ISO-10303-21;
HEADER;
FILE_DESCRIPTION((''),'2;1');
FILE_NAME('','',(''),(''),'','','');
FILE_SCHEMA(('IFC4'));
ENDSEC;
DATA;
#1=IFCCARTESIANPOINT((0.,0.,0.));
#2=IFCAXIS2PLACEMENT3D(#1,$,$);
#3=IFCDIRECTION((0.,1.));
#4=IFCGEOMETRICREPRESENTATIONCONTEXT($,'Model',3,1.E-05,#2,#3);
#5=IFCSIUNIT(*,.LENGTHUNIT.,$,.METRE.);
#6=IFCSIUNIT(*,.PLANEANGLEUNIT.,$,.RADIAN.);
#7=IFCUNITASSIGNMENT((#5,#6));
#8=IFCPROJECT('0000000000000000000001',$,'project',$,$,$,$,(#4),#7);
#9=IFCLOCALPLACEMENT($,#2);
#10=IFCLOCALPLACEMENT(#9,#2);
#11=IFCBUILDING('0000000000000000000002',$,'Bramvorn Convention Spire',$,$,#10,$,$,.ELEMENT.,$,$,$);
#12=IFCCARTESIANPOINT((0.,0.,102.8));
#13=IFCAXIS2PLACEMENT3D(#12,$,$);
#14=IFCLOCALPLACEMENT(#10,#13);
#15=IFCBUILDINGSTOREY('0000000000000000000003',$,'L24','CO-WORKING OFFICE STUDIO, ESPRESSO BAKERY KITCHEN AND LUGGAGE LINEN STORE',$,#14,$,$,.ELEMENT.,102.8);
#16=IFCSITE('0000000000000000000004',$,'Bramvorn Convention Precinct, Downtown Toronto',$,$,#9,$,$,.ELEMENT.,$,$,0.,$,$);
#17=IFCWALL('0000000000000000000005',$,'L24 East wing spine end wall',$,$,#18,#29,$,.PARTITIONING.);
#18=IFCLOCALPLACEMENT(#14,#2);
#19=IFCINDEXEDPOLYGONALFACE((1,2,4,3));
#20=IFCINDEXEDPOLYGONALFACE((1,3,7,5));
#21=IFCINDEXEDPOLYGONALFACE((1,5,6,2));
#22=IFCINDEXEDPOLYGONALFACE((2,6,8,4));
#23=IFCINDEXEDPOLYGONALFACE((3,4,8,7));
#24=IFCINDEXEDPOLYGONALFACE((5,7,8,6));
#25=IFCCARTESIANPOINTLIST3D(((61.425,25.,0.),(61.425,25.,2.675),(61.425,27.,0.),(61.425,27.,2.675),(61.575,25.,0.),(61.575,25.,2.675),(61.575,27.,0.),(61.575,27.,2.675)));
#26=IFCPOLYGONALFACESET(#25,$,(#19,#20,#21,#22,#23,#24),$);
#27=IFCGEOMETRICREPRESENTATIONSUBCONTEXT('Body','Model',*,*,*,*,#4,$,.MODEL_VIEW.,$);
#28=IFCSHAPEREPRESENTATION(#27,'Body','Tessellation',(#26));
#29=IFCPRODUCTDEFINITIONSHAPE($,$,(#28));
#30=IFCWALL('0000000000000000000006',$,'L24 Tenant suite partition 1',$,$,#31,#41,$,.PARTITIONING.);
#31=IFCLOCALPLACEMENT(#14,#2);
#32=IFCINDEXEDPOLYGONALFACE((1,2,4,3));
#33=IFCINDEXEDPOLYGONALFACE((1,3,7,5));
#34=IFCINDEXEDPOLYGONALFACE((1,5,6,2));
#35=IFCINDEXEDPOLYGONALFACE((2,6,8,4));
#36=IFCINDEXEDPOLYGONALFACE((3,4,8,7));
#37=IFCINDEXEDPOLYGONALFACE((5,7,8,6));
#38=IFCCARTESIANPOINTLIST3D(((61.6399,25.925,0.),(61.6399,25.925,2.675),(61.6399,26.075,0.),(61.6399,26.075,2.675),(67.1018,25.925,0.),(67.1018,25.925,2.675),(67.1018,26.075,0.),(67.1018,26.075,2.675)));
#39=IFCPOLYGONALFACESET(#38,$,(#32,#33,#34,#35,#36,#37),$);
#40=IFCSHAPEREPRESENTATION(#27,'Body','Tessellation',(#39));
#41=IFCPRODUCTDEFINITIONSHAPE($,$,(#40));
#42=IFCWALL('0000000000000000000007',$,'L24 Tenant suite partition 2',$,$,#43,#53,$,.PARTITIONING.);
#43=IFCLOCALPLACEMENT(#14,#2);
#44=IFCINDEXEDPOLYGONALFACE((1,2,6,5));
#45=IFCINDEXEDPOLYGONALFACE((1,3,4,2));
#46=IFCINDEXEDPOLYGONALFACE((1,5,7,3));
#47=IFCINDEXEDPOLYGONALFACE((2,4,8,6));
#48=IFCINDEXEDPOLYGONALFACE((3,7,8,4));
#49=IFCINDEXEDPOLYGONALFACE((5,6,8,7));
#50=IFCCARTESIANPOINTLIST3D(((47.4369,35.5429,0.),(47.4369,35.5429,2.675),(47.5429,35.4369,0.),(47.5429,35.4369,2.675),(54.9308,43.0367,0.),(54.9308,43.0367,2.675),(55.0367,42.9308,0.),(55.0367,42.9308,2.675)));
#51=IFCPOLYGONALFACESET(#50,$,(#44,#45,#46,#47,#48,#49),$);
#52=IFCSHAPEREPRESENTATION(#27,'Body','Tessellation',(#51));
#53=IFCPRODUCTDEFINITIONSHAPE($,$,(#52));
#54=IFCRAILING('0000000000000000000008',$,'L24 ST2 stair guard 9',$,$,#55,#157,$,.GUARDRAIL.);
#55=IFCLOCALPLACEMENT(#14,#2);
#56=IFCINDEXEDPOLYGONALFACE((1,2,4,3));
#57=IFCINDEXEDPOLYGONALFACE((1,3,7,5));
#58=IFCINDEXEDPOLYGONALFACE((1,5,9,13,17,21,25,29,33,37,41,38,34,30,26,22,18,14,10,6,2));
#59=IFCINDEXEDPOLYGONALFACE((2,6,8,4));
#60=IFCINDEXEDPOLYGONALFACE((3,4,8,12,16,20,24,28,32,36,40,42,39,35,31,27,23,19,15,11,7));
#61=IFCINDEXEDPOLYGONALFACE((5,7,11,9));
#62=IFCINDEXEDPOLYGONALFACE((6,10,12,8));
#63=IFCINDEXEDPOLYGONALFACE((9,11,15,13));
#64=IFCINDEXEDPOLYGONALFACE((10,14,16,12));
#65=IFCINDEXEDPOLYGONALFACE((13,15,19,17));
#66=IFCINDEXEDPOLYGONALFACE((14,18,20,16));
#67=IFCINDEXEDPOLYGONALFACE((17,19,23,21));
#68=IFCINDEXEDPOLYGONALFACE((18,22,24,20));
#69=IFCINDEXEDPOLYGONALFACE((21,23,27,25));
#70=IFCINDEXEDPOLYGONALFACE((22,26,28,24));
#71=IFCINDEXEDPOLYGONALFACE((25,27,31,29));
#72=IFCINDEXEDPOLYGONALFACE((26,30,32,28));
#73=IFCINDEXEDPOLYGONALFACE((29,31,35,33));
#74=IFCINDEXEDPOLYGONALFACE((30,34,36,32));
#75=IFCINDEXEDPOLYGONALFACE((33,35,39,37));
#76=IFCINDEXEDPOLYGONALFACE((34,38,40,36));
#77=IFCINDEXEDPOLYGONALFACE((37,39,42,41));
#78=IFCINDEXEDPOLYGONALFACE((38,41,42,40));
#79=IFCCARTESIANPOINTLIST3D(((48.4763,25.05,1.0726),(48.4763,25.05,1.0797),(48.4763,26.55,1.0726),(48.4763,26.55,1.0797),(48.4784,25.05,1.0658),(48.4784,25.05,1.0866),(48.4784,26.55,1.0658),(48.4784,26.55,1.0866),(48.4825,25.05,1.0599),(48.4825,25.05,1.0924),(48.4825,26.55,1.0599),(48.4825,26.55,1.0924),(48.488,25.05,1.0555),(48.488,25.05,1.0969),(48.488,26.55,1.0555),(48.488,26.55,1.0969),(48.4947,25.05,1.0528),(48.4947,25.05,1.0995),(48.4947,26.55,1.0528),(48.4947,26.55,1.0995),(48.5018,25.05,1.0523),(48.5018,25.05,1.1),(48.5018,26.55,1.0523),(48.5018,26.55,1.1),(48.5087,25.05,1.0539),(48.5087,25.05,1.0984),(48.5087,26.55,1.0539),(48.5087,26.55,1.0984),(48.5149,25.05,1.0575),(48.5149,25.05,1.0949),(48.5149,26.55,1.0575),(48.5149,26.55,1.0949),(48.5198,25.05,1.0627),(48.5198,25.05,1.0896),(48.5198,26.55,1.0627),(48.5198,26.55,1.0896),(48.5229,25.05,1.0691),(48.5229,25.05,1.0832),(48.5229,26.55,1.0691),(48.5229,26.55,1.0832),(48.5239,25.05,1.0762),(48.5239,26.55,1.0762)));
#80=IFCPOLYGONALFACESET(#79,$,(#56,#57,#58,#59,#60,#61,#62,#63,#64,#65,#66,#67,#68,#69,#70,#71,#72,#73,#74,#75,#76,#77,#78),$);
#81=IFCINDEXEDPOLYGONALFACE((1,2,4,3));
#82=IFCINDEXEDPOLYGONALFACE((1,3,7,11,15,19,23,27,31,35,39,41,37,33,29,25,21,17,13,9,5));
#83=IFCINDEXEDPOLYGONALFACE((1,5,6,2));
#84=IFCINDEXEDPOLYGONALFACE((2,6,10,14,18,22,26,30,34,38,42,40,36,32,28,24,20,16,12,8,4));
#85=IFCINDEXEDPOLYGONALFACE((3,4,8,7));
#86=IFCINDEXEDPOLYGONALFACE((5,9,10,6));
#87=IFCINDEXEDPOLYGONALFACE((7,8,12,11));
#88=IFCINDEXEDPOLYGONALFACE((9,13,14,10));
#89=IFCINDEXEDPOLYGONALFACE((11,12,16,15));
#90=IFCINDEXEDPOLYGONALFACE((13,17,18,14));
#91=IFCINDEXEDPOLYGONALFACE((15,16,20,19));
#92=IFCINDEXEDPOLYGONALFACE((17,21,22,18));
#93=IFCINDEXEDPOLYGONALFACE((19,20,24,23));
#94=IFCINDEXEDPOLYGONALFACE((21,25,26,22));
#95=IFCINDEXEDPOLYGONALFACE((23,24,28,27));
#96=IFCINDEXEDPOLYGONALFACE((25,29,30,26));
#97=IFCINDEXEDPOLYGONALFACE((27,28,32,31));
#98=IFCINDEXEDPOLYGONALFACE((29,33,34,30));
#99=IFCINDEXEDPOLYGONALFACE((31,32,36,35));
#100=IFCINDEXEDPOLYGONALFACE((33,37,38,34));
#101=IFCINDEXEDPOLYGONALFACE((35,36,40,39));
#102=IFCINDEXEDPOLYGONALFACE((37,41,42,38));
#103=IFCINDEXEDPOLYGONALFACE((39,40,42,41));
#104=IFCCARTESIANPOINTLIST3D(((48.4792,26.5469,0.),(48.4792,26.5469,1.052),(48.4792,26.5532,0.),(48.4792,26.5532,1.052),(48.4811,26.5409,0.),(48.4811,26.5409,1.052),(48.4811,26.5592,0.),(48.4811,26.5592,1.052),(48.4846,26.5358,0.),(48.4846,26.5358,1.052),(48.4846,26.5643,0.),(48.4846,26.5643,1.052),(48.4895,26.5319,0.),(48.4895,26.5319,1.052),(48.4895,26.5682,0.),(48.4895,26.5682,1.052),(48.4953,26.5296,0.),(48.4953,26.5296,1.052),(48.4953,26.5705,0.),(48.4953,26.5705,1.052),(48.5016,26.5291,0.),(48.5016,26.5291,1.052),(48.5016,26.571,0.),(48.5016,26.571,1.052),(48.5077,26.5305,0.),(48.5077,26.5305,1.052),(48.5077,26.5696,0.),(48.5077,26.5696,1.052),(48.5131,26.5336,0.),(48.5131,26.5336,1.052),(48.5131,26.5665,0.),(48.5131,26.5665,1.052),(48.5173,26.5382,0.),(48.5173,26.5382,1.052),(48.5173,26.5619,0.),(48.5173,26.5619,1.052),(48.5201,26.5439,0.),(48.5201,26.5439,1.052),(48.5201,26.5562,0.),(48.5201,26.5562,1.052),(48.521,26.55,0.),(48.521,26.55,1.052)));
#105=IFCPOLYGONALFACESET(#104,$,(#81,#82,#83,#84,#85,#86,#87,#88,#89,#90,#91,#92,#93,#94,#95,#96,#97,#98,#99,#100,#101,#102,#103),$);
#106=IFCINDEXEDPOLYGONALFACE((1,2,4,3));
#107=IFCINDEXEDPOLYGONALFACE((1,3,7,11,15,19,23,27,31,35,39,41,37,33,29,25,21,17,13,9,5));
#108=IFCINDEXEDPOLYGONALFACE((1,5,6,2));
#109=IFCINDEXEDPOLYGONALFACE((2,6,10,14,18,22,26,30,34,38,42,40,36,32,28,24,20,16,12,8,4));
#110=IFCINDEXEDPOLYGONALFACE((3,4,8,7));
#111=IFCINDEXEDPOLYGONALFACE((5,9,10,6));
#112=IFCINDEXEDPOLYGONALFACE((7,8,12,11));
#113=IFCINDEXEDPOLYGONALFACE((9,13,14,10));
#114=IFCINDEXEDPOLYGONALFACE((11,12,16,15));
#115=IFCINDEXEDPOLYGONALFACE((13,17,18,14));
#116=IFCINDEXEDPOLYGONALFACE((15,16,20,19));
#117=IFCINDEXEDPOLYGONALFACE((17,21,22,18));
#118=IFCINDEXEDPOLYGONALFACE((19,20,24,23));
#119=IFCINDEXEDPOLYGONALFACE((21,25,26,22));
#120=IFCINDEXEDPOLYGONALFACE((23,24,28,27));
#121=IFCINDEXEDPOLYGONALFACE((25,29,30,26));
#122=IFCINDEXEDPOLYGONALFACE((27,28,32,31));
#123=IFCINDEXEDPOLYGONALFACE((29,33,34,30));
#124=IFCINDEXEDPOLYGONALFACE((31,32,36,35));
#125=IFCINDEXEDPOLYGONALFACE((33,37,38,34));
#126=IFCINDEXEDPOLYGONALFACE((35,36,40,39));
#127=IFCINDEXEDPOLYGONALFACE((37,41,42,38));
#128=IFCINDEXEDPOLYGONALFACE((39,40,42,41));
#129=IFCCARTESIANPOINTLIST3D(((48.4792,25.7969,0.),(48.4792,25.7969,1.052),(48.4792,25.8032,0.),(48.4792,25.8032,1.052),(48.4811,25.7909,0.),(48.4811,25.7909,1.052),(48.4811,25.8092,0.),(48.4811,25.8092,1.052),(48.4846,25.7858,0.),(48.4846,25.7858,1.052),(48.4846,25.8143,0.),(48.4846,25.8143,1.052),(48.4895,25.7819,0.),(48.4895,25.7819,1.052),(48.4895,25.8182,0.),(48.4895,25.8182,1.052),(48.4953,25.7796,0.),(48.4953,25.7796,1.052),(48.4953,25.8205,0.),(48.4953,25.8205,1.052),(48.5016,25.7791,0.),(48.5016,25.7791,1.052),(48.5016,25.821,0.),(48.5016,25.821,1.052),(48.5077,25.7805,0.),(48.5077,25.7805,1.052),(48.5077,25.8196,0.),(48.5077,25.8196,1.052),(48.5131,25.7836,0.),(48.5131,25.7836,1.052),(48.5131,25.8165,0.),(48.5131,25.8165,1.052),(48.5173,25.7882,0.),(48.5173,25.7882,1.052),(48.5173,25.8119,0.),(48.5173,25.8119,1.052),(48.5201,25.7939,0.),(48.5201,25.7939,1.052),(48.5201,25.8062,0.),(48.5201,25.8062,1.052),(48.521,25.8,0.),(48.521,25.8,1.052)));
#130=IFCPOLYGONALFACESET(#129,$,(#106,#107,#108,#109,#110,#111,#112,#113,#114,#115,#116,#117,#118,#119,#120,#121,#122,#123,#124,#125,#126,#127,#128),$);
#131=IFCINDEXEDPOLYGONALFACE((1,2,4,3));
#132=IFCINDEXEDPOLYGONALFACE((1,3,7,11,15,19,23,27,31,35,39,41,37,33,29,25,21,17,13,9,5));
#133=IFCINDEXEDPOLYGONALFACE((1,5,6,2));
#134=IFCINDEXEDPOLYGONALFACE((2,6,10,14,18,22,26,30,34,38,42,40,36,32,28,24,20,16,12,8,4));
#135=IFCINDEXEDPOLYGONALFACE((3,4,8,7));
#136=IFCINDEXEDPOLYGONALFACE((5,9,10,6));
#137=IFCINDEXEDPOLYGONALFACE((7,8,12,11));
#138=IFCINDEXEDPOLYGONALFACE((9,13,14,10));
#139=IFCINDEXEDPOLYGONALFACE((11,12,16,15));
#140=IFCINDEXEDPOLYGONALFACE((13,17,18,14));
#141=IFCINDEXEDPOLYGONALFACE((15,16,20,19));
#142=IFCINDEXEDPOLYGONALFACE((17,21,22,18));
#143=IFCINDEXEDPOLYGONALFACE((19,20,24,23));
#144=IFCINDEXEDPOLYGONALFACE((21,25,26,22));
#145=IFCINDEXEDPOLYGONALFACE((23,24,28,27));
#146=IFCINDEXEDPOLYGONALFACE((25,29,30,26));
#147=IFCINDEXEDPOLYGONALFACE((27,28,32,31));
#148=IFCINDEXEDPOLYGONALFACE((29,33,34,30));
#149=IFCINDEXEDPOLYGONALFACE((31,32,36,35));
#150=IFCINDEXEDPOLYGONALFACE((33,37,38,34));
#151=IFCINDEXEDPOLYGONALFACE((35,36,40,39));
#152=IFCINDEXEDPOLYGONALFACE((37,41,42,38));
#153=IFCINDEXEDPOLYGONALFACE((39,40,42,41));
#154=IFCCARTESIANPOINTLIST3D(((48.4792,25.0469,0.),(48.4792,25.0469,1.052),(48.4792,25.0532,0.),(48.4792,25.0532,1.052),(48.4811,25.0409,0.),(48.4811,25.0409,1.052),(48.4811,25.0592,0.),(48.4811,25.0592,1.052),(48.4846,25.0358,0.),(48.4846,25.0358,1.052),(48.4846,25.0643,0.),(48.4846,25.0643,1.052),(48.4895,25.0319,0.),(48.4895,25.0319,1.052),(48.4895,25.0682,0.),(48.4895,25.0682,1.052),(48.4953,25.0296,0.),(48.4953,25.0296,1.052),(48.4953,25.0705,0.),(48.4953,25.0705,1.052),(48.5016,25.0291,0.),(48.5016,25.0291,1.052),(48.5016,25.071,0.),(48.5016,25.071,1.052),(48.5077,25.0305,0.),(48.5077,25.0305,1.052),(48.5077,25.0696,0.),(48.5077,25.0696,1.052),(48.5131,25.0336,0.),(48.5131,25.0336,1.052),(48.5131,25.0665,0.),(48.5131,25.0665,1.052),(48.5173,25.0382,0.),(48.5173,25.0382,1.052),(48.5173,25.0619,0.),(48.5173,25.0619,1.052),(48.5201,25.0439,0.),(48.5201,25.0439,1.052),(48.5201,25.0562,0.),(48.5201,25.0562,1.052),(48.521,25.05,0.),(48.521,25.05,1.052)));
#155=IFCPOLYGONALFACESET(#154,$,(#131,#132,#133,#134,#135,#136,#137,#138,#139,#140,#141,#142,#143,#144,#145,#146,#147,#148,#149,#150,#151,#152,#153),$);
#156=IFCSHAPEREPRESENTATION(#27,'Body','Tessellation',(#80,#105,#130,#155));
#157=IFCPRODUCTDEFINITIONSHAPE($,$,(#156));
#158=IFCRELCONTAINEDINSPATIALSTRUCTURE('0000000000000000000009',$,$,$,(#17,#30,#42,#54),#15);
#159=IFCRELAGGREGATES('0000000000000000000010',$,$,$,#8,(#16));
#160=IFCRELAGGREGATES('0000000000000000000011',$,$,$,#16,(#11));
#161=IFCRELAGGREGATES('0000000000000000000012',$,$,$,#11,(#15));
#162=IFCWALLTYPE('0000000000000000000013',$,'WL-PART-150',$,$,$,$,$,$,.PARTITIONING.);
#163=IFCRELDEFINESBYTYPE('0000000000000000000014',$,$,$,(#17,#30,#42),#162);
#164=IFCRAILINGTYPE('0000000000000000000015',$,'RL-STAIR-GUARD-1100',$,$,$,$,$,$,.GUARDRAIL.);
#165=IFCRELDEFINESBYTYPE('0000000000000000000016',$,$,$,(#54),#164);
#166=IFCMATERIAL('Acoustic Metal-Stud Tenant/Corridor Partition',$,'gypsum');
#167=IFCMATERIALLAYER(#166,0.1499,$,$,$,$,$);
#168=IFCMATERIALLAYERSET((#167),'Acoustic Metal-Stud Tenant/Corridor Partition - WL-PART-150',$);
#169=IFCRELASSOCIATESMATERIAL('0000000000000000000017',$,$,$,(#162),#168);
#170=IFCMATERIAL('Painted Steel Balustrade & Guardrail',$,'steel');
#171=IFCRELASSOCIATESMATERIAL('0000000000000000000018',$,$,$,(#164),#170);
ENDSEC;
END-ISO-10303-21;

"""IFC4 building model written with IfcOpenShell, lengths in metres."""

from ifc_helpers import new_model, si_unit, direction, frame, frame_2d, origin, origin_2d, place, context, subcontext, project, spatial, rectangle, circle, extrude, material, layer, layer_set, type_object, element, save


model = new_model("IFC4")

# Units and contexts
model_context = context("Model", 3, precision=1e-05, world=origin(), true_north=direction((0.0, 1.0)))
body_context = subcontext(model_context, "Body", "Model", "MODEL_VIEW")
ifc_project = project(units=[si_unit("LENGTHUNIT", "METRE"), si_unit("PLANEANGLEUNIT", "RADIAN")], contexts=[model_context])

# Site, building, storey
site_placement = place(None, origin())
site = spatial("IfcSite", under=ifc_project, at=site_placement, Name="Bramvorn Convention Precinct, Downtown Toronto", CompositionType="ELEMENT", RefElevation=0.0)
building_placement = place(site_placement, origin())
building = spatial("IfcBuilding", under=site, at=building_placement, Name="Bramvorn Convention Spire", CompositionType="ELEMENT")
storey_placement = place(building_placement, frame((0.0, 0.0, 102.8)))
storey = spatial("IfcBuildingStorey", under=building, at=storey_placement, Name="L24", Description="CO-WORKING OFFICE STUDIO, ESPRESSO BAKERY KITCHEN AND LUGGAGE LINEN STORE", CompositionType="ELEMENT", Elevation=102.8)

# Shared definitions
ifc_material_1 = material(Name="Acoustic Metal-Stud Tenant/Corridor Partition", Category="gypsum")
ifc_layer_1 = layer(ifc_material_1, 0.1499)
ifc_layer_set_1 = layer_set([ifc_layer_1], Name="Acoustic Metal-Stud Tenant/Corridor Partition - WL-PART-150")
wall_type_1 = type_object("IfcWallType", Name="WL-PART-150", PredefinedType="PARTITIONING", material=ifc_layer_set_1)

# Walls
wall_1_placement = place(storey_placement, frame((61.5, 25.0, 0.0), z_axis=(0.0, 0.0, 1.0), x_axis=(0.0, 1.0, 0.0)))
element("IfcWall", 1, at=wall_1_placement, inside=storey, type_object=wall_type_1, Name="L24 East wing spine end wall", PredefinedType="PARTITIONING", context=body_context, shape_type="SweptSolid", body=[
    extrude(rectangle(XDim=2.0, YDim=0.1499, at=frame_2d((1.0, 0.0))), origin(), (0.0, 0.0, 1.0), 2.675),
])
wall_2_placement = place(storey_placement, frame((61.6399, 26.0, 0.0), z_axis=(0.0, 0.0, 1.0), x_axis=(1.0, 0.0, 0.0)))
element("IfcWall", 2, at=wall_2_placement, inside=storey, type_object=wall_type_1, Name="L24 Tenant suite partition 1", PredefinedType="PARTITIONING", context=body_context, shape_type="SweptSolid", body=[
    extrude(rectangle(XDim=5.4619, YDim=0.1499, at=frame_2d((2.731, 0.0))), origin(), (0.0, 0.0, 1.0), 2.675),
])
wall_3_placement = place(storey_placement, frame((47.49, 35.49, 0.0), z_axis=(0.0, 0.0, 1.0), x_axis=(0.707107, 0.707107, 0.0)))
element("IfcWall", 3, at=wall_3_placement, inside=storey, type_object=wall_type_1, Name="L24 Tenant suite partition 2", PredefinedType="PARTITIONING", context=body_context, shape_type="SweptSolid", body=[
    extrude(rectangle(XDim=10.5979, YDim=0.1499, at=frame_2d((5.2988, 0.0))), origin(), (0.0, 0.0, 1.0), 2.675),
])

# Railing
ifc_material_2 = material(Name="Painted Steel Balustrade & Guardrail", Category="steel")
railing_type_1 = type_object("IfcRailingType", Name="RL-STAIR-GUARD-1100", PredefinedType="GUARDRAIL", material=ifc_material_2)
railing_1_placement = place(storey_placement, frame((48.5, 26.55, 0.0)))
element("IfcRailing", 4, at=railing_1_placement, inside=storey, type_object=railing_type_1, Name="L24 ST2 stair guard 9", PredefinedType="GUARDRAIL", context=body_context, shape_type="SweptSolid", body=[
    extrude(circle(Radius=0.0239, at=origin_2d()), frame((0.0, 0.0, 1.0762), z_axis=(0.0, -1.0, 0.0), x_axis=(1.0, 0.0, 0.0)), (0.0, 0.0, 1.0), 1.5),
    extrude(circle(Radius=0.021, at=origin_2d()), origin(), (0.0, 0.0, 1.0), 1.052),
    extrude(circle(Radius=0.021, at=origin_2d()), frame((0.0, -0.75, 0.0)), (0.0, 0.0, 1.0), 1.052),
    extrude(circle(Radius=0.021, at=origin_2d()), frame((0.0, -1.5, 0.0)), (0.0, 0.0, 1.0), 1.052),
])

save(model, "model.ifc")
